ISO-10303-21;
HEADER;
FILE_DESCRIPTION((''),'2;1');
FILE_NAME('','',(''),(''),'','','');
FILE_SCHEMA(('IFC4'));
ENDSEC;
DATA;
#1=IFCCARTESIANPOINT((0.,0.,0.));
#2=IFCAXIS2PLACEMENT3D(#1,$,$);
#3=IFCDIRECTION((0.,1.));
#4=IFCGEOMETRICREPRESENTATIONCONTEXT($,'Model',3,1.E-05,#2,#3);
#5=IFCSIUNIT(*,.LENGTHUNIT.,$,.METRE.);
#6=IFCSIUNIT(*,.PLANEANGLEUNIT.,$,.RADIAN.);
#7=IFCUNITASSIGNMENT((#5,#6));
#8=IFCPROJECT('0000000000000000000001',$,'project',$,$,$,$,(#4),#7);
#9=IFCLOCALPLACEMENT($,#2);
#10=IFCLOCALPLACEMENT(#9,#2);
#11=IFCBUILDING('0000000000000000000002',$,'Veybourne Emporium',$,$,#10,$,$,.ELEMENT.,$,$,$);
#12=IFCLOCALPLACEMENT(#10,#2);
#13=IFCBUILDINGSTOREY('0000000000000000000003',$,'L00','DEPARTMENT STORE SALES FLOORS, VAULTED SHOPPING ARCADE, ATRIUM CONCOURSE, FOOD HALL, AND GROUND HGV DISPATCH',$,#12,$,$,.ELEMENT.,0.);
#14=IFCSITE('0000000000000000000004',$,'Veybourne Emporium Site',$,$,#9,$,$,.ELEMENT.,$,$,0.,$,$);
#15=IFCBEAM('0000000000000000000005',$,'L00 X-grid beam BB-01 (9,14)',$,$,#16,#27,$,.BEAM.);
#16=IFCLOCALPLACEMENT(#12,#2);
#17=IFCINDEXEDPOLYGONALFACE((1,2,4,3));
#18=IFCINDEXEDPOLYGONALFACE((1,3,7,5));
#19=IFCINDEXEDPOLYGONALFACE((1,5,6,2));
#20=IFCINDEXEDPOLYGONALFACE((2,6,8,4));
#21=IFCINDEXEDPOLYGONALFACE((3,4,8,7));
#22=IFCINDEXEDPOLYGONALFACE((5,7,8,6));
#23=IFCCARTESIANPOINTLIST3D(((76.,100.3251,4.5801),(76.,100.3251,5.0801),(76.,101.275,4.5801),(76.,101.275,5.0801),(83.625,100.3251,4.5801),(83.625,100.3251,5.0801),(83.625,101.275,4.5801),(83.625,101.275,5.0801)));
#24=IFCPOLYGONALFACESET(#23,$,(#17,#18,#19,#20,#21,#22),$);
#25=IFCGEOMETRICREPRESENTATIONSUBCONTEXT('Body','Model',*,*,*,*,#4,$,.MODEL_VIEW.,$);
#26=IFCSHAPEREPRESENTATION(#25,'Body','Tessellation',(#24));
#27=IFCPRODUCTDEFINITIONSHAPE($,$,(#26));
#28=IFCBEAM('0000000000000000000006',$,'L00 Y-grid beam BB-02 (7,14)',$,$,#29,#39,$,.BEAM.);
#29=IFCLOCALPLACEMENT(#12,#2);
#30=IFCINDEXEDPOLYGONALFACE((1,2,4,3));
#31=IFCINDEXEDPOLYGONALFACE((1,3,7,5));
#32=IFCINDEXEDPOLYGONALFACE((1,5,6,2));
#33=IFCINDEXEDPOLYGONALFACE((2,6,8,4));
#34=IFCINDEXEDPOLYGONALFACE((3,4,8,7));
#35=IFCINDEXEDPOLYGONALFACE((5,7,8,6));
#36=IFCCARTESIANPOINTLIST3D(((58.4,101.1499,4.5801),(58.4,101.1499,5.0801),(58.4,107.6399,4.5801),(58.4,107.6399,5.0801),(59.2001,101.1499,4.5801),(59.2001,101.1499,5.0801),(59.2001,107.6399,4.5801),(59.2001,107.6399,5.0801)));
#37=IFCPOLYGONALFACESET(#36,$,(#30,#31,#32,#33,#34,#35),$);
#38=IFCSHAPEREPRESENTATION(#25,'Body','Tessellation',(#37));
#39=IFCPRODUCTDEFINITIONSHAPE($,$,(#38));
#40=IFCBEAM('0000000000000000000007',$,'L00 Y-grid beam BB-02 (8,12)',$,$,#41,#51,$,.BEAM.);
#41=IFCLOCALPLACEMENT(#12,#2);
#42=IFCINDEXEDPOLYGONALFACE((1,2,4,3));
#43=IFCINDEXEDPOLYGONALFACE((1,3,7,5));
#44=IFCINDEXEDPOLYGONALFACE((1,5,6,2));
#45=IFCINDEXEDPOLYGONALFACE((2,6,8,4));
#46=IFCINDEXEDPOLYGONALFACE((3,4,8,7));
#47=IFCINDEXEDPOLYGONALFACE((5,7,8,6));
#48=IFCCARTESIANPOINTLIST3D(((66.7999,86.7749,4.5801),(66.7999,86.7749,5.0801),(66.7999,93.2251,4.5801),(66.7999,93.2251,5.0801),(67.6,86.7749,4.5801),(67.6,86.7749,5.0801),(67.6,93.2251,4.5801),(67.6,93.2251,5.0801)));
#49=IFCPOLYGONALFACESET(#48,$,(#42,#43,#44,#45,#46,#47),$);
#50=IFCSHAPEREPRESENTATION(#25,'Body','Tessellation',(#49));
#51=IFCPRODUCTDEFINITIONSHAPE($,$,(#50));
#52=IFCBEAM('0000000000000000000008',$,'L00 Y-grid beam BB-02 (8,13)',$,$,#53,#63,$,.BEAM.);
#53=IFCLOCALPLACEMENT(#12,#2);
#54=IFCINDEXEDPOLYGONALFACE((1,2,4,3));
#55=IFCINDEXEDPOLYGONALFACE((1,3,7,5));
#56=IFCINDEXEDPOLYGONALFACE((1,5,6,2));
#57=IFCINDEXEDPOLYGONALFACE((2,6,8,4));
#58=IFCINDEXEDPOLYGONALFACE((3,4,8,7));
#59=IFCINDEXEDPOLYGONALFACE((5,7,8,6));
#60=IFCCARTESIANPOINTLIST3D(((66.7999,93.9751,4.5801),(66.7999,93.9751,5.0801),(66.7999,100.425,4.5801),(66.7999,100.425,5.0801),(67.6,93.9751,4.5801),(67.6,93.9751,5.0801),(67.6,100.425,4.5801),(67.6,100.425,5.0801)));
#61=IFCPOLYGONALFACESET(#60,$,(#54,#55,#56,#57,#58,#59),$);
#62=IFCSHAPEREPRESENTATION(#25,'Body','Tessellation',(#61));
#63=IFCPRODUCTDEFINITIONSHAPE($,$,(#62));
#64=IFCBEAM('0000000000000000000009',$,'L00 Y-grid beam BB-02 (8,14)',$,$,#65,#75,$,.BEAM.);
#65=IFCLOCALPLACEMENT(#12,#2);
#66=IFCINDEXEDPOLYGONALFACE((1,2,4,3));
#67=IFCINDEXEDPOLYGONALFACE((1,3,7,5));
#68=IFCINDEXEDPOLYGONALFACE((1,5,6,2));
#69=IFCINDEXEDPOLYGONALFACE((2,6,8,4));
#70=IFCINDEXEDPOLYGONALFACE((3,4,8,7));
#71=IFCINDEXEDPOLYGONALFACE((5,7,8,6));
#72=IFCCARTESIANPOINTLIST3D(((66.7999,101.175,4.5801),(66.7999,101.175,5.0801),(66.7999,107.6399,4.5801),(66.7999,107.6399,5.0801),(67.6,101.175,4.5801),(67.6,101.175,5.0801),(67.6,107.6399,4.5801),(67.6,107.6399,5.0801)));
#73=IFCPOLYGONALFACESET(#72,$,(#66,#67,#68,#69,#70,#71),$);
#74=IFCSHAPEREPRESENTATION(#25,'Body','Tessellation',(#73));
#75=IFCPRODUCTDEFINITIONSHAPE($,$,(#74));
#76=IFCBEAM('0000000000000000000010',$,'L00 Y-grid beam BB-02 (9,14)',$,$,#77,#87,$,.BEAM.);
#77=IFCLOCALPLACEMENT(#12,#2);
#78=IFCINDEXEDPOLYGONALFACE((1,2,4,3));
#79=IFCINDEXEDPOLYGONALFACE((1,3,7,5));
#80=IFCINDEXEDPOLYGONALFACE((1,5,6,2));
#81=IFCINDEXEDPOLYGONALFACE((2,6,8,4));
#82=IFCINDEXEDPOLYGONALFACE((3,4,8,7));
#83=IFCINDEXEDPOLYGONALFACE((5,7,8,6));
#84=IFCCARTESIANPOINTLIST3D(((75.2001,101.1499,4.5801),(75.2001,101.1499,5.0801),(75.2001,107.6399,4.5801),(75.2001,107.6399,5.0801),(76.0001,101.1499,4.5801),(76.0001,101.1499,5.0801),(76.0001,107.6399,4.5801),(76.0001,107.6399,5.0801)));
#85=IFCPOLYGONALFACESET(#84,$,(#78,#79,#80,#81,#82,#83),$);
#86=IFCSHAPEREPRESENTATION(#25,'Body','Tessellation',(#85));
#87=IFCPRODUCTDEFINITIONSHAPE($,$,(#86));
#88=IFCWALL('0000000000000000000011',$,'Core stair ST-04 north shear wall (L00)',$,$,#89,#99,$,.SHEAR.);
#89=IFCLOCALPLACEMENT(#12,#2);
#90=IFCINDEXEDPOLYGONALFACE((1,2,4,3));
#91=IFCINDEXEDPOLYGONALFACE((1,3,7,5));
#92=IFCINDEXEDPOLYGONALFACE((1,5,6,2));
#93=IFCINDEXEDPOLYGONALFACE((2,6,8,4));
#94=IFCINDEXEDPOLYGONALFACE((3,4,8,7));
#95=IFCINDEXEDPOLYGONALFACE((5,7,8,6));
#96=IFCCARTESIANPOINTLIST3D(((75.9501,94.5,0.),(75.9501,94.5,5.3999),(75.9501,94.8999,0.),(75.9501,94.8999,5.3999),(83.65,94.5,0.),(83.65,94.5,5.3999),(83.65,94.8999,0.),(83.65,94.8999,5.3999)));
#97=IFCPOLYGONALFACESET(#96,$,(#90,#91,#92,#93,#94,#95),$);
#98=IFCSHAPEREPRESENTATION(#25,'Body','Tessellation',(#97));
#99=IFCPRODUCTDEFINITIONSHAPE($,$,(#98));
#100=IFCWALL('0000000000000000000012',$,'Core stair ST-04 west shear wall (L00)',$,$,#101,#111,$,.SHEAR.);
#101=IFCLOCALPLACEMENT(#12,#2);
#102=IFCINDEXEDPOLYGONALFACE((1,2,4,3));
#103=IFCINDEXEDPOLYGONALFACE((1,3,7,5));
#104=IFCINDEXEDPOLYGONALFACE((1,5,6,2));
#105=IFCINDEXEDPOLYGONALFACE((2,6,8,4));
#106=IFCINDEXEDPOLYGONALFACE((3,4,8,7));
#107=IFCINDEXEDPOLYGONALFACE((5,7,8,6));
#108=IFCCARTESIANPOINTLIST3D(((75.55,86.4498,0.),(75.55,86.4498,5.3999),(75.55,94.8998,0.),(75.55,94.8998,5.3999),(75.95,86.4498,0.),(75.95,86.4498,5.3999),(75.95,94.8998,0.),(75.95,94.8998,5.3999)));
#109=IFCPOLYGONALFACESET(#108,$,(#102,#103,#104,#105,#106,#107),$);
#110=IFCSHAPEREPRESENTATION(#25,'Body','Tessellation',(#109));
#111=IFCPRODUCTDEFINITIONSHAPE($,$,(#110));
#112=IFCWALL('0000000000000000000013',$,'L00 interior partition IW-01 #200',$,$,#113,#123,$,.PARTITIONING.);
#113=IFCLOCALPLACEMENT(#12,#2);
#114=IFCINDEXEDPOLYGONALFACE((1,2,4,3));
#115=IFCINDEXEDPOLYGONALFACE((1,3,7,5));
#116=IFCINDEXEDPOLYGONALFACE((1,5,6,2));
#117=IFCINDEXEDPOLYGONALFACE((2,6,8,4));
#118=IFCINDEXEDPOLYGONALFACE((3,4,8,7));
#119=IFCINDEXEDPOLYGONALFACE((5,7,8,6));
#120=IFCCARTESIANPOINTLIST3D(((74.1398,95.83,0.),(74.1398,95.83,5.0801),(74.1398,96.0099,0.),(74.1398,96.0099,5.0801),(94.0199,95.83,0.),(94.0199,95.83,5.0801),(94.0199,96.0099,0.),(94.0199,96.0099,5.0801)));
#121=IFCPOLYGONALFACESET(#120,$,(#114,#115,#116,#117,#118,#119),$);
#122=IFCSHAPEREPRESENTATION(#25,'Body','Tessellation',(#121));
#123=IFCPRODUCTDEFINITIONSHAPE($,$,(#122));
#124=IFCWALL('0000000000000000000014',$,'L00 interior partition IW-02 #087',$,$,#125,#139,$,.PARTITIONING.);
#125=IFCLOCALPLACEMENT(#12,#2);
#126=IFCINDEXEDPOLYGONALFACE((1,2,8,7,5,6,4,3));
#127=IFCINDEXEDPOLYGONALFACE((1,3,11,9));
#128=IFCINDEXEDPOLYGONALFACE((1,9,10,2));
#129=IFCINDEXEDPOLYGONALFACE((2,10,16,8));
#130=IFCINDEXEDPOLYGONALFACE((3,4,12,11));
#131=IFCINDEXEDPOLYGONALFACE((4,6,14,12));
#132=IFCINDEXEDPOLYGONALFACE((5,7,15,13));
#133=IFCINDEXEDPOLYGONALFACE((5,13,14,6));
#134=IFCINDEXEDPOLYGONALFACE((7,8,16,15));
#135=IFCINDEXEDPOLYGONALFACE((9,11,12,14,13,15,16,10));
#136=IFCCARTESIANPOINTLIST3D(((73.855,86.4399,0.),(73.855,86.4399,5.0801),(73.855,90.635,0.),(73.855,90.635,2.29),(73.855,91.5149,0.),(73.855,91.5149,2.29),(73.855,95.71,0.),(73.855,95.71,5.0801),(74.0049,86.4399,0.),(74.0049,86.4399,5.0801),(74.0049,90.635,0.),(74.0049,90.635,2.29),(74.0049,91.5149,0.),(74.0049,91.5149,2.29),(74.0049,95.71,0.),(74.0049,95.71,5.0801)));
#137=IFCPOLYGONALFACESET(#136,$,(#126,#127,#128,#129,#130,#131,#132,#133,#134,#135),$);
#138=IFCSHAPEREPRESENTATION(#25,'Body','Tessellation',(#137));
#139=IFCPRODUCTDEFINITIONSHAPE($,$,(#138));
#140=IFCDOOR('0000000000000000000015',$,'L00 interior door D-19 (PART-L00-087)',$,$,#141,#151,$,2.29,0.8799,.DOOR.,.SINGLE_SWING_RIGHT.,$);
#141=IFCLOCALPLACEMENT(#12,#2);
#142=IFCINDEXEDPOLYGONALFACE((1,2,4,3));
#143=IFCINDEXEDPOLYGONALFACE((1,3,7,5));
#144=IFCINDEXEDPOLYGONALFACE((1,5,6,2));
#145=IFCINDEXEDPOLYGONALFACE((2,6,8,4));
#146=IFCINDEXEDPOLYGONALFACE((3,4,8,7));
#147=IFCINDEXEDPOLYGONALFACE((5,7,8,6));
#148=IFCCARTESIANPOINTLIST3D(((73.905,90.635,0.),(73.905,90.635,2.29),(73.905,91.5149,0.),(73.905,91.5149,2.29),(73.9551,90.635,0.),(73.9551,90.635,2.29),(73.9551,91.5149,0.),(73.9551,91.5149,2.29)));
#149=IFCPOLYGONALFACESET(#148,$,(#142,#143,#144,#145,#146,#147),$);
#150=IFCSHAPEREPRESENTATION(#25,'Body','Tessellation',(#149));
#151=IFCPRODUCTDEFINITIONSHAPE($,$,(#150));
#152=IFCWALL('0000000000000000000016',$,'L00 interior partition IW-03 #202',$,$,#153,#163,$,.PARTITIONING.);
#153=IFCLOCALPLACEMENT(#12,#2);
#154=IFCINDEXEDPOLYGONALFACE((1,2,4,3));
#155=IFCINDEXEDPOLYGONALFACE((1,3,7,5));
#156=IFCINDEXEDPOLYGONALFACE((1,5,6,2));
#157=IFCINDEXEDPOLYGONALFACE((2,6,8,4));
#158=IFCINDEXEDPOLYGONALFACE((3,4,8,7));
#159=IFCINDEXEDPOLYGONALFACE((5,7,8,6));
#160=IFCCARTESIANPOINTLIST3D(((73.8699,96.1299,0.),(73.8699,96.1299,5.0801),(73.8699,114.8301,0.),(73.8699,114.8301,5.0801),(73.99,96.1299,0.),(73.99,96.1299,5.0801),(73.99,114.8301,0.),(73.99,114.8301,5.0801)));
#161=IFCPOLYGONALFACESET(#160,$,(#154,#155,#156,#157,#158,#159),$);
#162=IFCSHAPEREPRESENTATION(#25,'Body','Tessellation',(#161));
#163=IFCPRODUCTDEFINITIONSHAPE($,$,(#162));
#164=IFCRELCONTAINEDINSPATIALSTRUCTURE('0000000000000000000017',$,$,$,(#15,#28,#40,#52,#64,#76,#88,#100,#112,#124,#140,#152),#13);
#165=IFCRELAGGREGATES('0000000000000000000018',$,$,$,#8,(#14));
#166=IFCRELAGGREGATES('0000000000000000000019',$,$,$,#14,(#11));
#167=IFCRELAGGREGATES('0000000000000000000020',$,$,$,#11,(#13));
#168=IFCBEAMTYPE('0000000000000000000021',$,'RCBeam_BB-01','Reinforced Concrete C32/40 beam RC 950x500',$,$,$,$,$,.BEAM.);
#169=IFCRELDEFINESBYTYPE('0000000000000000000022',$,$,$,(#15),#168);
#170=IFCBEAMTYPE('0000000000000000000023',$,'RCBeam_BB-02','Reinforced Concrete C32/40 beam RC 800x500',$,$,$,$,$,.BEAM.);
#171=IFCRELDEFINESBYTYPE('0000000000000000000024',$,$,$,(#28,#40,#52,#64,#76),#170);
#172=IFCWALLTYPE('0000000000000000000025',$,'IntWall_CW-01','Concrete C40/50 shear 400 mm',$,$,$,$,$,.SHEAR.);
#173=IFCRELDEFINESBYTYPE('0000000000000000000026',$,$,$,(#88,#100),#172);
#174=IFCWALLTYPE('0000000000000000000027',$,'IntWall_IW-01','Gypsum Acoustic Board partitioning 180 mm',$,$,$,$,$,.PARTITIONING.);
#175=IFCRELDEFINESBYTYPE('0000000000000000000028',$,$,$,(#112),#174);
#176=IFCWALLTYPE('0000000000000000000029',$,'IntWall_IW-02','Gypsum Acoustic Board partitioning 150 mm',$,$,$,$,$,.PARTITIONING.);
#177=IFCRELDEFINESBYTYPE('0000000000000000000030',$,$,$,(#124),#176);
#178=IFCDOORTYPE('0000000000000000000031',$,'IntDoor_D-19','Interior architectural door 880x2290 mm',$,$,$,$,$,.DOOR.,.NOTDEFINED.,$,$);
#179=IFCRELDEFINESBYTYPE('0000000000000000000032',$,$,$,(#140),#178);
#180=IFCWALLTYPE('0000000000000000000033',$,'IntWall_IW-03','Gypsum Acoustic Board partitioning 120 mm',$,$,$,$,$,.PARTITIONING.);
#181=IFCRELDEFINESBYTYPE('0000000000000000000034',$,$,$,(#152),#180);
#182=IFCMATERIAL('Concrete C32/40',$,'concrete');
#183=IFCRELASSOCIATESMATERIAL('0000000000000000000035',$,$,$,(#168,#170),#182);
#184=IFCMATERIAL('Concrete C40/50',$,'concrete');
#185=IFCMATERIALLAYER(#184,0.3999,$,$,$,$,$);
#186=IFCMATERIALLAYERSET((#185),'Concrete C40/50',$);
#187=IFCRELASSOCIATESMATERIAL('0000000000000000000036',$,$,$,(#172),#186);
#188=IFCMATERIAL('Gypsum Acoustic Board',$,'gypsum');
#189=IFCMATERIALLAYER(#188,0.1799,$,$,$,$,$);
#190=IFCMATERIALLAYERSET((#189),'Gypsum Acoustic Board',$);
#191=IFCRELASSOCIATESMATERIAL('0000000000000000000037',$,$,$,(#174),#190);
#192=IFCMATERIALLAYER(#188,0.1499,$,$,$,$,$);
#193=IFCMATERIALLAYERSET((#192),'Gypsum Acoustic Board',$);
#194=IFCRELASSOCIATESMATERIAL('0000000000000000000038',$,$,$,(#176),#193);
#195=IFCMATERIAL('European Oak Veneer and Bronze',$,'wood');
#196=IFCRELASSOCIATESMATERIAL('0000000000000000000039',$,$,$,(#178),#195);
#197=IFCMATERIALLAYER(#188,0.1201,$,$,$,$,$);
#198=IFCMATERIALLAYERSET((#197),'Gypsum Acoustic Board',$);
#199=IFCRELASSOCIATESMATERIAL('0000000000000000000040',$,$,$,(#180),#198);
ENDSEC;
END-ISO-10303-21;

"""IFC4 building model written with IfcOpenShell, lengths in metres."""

from ifc_helpers import new_model, si_unit, direction, frame, frame_2d, origin, origin_2d, place, context, subcontext, project, spatial, rectangle, extrude, material, layer, layer_set, material_profile, profile_set, type_object, element, fill, save


model = new_model("IFC4")

# Units and contexts
model_context = context("Model", 3, precision=1e-05, world=origin(), true_north=direction((0.0, 1.0)))
body_context = subcontext(model_context, "Body", "Model", "MODEL_VIEW")
ifc_project = project(units=[si_unit("LENGTHUNIT", "METRE"), si_unit("PLANEANGLEUNIT", "RADIAN")], contexts=[model_context])

# Site, building, storey
site_placement = place(None, origin())
site = spatial("IfcSite", under=ifc_project, at=site_placement, Name="Veybourne Emporium Site", CompositionType="ELEMENT", RefElevation=0.0)
building_placement = place(site_placement, origin())
building = spatial("IfcBuilding", under=site, at=building_placement, Name="Veybourne Emporium", CompositionType="ELEMENT")
storey_placement = place(building_placement, origin())
storey = spatial("IfcBuildingStorey", under=building, at=storey_placement, Name="L00", Description="DEPARTMENT STORE SALES FLOORS, VAULTED SHOPPING ARCADE, ATRIUM CONCOURSE, FOOD HALL, AND GROUND HGV DISPATCH", CompositionType="ELEMENT", Elevation=0.0)

# Shared definitions
ifc_material_1 = material(Name="Concrete C40/50", Category="concrete")

# Beams
ifc_material_2 = material(Name="Concrete C32/40", Category="concrete")
ifc_material_profile_1 = material_profile(ifc_material_2, rectangle(XDim=0.95, YDim=0.5, at=origin_2d()), Name="RC 950x500")
ifc_profile_set_1 = profile_set([ifc_material_profile_1], Name="Concrete C32/40")
beam_type_1 = type_object("IfcBeamType", Name="RCBeam_BB-01", Description="Reinforced Concrete C32/40 beam RC 950x500", PredefinedType="BEAM", material=ifc_profile_set_1)
for number, where, z_axis, x_axis, name in (
    (1, (76.0, 100.8, 4.8301), (1.0, 0.0, 0.0), (0.0, 1.0, 0.0), "L00 X-grid beam BB-01 (9,14)"),
):
    element("IfcBeam", number, at=place(storey_placement, frame(where, z_axis=z_axis, x_axis=x_axis)), inside=storey, type_object=beam_type_1, Name=name, PredefinedType="BEAM", context=body_context, shape_type="SweptSolid", body=[
        extrude(rectangle(XDim=0.95, YDim=0.5, at=origin_2d()), origin(), (0.0, 0.0, 1.0), 7.625),
    ])
ifc_material_profile_2 = material_profile(ifc_material_2, rectangle(XDim=0.8, YDim=0.5, at=origin_2d()), Name="RC 800x500")
ifc_profile_set_2 = profile_set([ifc_material_profile_2], Name="Concrete C32/40")
beam_type_2 = type_object("IfcBeamType", Name="RCBeam_BB-02", Description="Reinforced Concrete C32/40 beam RC 800x500", PredefinedType="BEAM", material=ifc_profile_set_2)
beam_1_placement = place(storey_placement, frame((58.8, 101.1499, 4.8301), z_axis=(0.0, 1.0, 0.0), x_axis=(-1.0, 0.0, 0.0)))
element("IfcBeam", 2, at=beam_1_placement, inside=storey, type_object=beam_type_2, Name="L00 Y-grid beam BB-02 (7,14)", PredefinedType="BEAM", context=body_context, shape_type="SweptSolid", body=[
    extrude(rectangle(XDim=0.8, YDim=0.5, at=origin_2d()), origin(), (0.0, 0.0, 1.0), 6.49),
])
beam_2_placement = place(storey_placement, frame((67.2, 86.7749, 4.8301), z_axis=(0.0, 1.0, 0.0), x_axis=(-1.0, 0.0, 0.0)))
element("IfcBeam", 3, at=beam_2_placement, inside=storey, type_object=beam_type_2, Name="L00 Y-grid beam BB-02 (8,12)", PredefinedType="BEAM", context=body_context, shape_type="SweptSolid", body=[
    extrude(rectangle(XDim=0.8, YDim=0.5, at=origin_2d()), origin(), (0.0, 0.0, 1.0), 6.4502),
])
beam_3_placement = place(storey_placement, frame((67.2, 93.9751, 4.8301), z_axis=(0.0, 1.0, 0.0), x_axis=(-1.0, 0.0, 0.0)))
element("IfcBeam", 4, at=beam_3_placement, inside=storey, type_object=beam_type_2, Name="L00 Y-grid beam BB-02 (8,13)", PredefinedType="BEAM", context=body_context, shape_type="SweptSolid", body=[
    extrude(rectangle(XDim=0.8, YDim=0.5, at=origin_2d()), origin(), (0.0, 0.0, 1.0), 6.45),
])
beam_4_placement = place(storey_placement, frame((67.2, 101.175, 4.8301), z_axis=(0.0, 1.0, 0.0), x_axis=(-1.0, 0.0, 0.0)))
element("IfcBeam", 5, at=beam_4_placement, inside=storey, type_object=beam_type_2, Name="L00 Y-grid beam BB-02 (8,14)", PredefinedType="BEAM", context=body_context, shape_type="SweptSolid", body=[
    extrude(rectangle(XDim=0.8, YDim=0.5, at=origin_2d()), origin(), (0.0, 0.0, 1.0), 6.4648),
])
beam_5_placement = place(storey_placement, frame((75.6001, 101.1499, 4.8301), z_axis=(0.0, 1.0, 0.0), x_axis=(-1.0, 0.0, 0.0)))
element("IfcBeam", 6, at=beam_5_placement, inside=storey, type_object=beam_type_2, Name="L00 Y-grid beam BB-02 (9,14)", PredefinedType="BEAM", context=body_context, shape_type="SweptSolid", body=[
    extrude(rectangle(XDim=0.8, YDim=0.5, at=origin_2d()), origin(), (0.0, 0.0, 1.0), 6.49),
])

# Walls
ifc_layer_1 = layer(ifc_material_1, 0.3999)
ifc_layer_set_1 = layer_set([ifc_layer_1], Name="Concrete C40/50")
wall_type_1 = type_object("IfcWallType", Name="IntWall_CW-01", Description="Concrete C40/50 shear 400 mm", PredefinedType="SHEAR", material=ifc_layer_set_1)
wall_1_placement = place(storey_placement, frame((75.95, 94.7, 0.0), z_axis=(0.0, 0.0, 1.0), x_axis=(1.0, 0.0, 0.0)))
element("IfcWall", 7, at=wall_1_placement, inside=storey, type_object=wall_type_1, Name="Core stair ST-04 north shear wall (L00)", PredefinedType="SHEAR", context=body_context, shape_type="SweptSolid", body=[
    extrude(rectangle(XDim=7.7, YDim=0.3999, at=frame_2d((3.8501, 0.0))), origin(), (0.0, 0.0, 1.0), 5.3999),
])
wall_2_placement = place(storey_placement, frame((75.75, 94.8999, 0.0), z_axis=(0.0, 0.0, 1.0), x_axis=(0.0, -1.0, 0.0)))
element("IfcWall", 8, at=wall_2_placement, inside=storey, type_object=wall_type_1, Name="Core stair ST-04 west shear wall (L00)", PredefinedType="SHEAR", context=body_context, shape_type="SweptSolid", body=[
    extrude(rectangle(XDim=8.45, YDim=0.3999, at=frame_2d((4.2251, 0.0))), origin(), (0.0, 0.0, 1.0), 5.3999),
])
ifc_material_3 = material(Name="Gypsum Acoustic Board", Category="gypsum")
ifc_layer_2 = layer(ifc_material_3, 0.1799)
ifc_layer_set_2 = layer_set([ifc_layer_2], Name="Gypsum Acoustic Board")
wall_type_2 = type_object("IfcWallType", Name="IntWall_IW-01", Description="Gypsum Acoustic Board partitioning 180 mm", PredefinedType="PARTITIONING", material=ifc_layer_set_2)
wall_3_placement = place(storey_placement, frame((74.1399, 95.9199, 0.0), z_axis=(0.0, 0.0, 1.0), x_axis=(1.0, 0.0, 0.0)))
element("IfcWall", 9, at=wall_3_placement, inside=storey, type_object=wall_type_2, Name="L00 interior partition IW-01 #200", PredefinedType="PARTITIONING", context=body_context, shape_type="SweptSolid", body=[
    extrude(rectangle(XDim=19.8801, YDim=0.1799, at=frame_2d((9.9399, 0.0))), origin(), (0.0, 0.0, 1.0), 5.0801),
])

# Wall, opening, door
ifc_layer_3 = layer(ifc_material_3, 0.1499)
ifc_layer_set_3 = layer_set([ifc_layer_3], Name="Gypsum Acoustic Board")
wall_type_3 = type_object("IfcWallType", Name="IntWall_IW-02", Description="Gypsum Acoustic Board partitioning 150 mm", PredefinedType="PARTITIONING", material=ifc_layer_set_3)
wall_4_placement = place(storey_placement, frame((73.9299, 86.4399, 0.0), z_axis=(0.0, 0.0, 1.0), x_axis=(0.0, 1.0, 0.0)))
wall_4 = element("IfcWall", 10, at=wall_4_placement, inside=storey, type_object=wall_type_3, Name="L00 interior partition IW-02 #087", PredefinedType="PARTITIONING", context=body_context, shape_type="SweptSolid", body=[
    extrude(rectangle(XDim=9.27, YDim=0.1499, at=frame_2d((4.635, 0.0))), origin(), (0.0, 0.0, 1.0), 5.0801),
])
opening_placement = place(wall_4_placement, frame((4.1951, 0.0, 0.0)))
opening = element("IfcOpeningElement", 11, at=opening_placement, cuts=wall_4, PredefinedType="OPENING", context=body_context, shape_type="SweptSolid", body=[
    extrude(rectangle(XDim=0.8799, YDim=2.29, at=frame_2d((0.4399, 1.145))), frame((0.0, 0.095, 0.0), z_axis=(0.0, -1.0, 0.0), x_axis=(1.0, 0.0, 0.0)), (0.0, 0.0, 1.0), 0.1899),
])
ifc_material_4 = material(Name="European Oak Veneer and Bronze", Category="wood")
door_type = type_object("IfcDoorType", Name="IntDoor_D-19", Description="Interior architectural door 880x2290 mm", OperationType="NOTDEFINED", PredefinedType="DOOR", material=ifc_material_4)
door_placement = place(opening_placement, origin())
door = element("IfcDoor", 12, at=door_placement, inside=storey, type_object=door_type, Name="L00 interior door D-19 (PART-L00-087)", OperationType="SINGLE_SWING_RIGHT", OverallHeight=2.29, OverallWidth=0.8799, PredefinedType="DOOR", context=body_context, shape_type="SweptSolid", body=[
    extrude(rectangle(XDim=0.8799, YDim=2.29, at=frame_2d((0.4399, 1.145))), frame((0.0, 0.0249, 0.0), z_axis=(0.0, -1.0, 0.0), x_axis=(1.0, 0.0, 0.0)), (0.0, 0.0, 1.0), 0.05),
])
fill(opening, door)

# Wall
ifc_layer_4 = layer(ifc_material_3, 0.1201)
ifc_layer_set_4 = layer_set([ifc_layer_4], Name="Gypsum Acoustic Board")
wall_type_4 = type_object("IfcWallType", Name="IntWall_IW-03", Description="Gypsum Acoustic Board partitioning 120 mm", PredefinedType="PARTITIONING", material=ifc_layer_set_4)
wall_5_placement = place(storey_placement, frame((73.9299, 96.1299, 0.0), z_axis=(0.0, 0.0, 1.0), x_axis=(0.0, 1.0, 0.0)))
element("IfcWall", 13, at=wall_5_placement, inside=storey, type_object=wall_type_4, Name="L00 interior partition IW-03 #202", PredefinedType="PARTITIONING", context=body_context, shape_type="SweptSolid", body=[
    extrude(rectangle(XDim=18.7002, YDim=0.1201, at=frame_2d((9.3501, 0.0))), origin(), (0.0, 0.0, 1.0), 5.0801),
])

save(model, "model.ifc")
